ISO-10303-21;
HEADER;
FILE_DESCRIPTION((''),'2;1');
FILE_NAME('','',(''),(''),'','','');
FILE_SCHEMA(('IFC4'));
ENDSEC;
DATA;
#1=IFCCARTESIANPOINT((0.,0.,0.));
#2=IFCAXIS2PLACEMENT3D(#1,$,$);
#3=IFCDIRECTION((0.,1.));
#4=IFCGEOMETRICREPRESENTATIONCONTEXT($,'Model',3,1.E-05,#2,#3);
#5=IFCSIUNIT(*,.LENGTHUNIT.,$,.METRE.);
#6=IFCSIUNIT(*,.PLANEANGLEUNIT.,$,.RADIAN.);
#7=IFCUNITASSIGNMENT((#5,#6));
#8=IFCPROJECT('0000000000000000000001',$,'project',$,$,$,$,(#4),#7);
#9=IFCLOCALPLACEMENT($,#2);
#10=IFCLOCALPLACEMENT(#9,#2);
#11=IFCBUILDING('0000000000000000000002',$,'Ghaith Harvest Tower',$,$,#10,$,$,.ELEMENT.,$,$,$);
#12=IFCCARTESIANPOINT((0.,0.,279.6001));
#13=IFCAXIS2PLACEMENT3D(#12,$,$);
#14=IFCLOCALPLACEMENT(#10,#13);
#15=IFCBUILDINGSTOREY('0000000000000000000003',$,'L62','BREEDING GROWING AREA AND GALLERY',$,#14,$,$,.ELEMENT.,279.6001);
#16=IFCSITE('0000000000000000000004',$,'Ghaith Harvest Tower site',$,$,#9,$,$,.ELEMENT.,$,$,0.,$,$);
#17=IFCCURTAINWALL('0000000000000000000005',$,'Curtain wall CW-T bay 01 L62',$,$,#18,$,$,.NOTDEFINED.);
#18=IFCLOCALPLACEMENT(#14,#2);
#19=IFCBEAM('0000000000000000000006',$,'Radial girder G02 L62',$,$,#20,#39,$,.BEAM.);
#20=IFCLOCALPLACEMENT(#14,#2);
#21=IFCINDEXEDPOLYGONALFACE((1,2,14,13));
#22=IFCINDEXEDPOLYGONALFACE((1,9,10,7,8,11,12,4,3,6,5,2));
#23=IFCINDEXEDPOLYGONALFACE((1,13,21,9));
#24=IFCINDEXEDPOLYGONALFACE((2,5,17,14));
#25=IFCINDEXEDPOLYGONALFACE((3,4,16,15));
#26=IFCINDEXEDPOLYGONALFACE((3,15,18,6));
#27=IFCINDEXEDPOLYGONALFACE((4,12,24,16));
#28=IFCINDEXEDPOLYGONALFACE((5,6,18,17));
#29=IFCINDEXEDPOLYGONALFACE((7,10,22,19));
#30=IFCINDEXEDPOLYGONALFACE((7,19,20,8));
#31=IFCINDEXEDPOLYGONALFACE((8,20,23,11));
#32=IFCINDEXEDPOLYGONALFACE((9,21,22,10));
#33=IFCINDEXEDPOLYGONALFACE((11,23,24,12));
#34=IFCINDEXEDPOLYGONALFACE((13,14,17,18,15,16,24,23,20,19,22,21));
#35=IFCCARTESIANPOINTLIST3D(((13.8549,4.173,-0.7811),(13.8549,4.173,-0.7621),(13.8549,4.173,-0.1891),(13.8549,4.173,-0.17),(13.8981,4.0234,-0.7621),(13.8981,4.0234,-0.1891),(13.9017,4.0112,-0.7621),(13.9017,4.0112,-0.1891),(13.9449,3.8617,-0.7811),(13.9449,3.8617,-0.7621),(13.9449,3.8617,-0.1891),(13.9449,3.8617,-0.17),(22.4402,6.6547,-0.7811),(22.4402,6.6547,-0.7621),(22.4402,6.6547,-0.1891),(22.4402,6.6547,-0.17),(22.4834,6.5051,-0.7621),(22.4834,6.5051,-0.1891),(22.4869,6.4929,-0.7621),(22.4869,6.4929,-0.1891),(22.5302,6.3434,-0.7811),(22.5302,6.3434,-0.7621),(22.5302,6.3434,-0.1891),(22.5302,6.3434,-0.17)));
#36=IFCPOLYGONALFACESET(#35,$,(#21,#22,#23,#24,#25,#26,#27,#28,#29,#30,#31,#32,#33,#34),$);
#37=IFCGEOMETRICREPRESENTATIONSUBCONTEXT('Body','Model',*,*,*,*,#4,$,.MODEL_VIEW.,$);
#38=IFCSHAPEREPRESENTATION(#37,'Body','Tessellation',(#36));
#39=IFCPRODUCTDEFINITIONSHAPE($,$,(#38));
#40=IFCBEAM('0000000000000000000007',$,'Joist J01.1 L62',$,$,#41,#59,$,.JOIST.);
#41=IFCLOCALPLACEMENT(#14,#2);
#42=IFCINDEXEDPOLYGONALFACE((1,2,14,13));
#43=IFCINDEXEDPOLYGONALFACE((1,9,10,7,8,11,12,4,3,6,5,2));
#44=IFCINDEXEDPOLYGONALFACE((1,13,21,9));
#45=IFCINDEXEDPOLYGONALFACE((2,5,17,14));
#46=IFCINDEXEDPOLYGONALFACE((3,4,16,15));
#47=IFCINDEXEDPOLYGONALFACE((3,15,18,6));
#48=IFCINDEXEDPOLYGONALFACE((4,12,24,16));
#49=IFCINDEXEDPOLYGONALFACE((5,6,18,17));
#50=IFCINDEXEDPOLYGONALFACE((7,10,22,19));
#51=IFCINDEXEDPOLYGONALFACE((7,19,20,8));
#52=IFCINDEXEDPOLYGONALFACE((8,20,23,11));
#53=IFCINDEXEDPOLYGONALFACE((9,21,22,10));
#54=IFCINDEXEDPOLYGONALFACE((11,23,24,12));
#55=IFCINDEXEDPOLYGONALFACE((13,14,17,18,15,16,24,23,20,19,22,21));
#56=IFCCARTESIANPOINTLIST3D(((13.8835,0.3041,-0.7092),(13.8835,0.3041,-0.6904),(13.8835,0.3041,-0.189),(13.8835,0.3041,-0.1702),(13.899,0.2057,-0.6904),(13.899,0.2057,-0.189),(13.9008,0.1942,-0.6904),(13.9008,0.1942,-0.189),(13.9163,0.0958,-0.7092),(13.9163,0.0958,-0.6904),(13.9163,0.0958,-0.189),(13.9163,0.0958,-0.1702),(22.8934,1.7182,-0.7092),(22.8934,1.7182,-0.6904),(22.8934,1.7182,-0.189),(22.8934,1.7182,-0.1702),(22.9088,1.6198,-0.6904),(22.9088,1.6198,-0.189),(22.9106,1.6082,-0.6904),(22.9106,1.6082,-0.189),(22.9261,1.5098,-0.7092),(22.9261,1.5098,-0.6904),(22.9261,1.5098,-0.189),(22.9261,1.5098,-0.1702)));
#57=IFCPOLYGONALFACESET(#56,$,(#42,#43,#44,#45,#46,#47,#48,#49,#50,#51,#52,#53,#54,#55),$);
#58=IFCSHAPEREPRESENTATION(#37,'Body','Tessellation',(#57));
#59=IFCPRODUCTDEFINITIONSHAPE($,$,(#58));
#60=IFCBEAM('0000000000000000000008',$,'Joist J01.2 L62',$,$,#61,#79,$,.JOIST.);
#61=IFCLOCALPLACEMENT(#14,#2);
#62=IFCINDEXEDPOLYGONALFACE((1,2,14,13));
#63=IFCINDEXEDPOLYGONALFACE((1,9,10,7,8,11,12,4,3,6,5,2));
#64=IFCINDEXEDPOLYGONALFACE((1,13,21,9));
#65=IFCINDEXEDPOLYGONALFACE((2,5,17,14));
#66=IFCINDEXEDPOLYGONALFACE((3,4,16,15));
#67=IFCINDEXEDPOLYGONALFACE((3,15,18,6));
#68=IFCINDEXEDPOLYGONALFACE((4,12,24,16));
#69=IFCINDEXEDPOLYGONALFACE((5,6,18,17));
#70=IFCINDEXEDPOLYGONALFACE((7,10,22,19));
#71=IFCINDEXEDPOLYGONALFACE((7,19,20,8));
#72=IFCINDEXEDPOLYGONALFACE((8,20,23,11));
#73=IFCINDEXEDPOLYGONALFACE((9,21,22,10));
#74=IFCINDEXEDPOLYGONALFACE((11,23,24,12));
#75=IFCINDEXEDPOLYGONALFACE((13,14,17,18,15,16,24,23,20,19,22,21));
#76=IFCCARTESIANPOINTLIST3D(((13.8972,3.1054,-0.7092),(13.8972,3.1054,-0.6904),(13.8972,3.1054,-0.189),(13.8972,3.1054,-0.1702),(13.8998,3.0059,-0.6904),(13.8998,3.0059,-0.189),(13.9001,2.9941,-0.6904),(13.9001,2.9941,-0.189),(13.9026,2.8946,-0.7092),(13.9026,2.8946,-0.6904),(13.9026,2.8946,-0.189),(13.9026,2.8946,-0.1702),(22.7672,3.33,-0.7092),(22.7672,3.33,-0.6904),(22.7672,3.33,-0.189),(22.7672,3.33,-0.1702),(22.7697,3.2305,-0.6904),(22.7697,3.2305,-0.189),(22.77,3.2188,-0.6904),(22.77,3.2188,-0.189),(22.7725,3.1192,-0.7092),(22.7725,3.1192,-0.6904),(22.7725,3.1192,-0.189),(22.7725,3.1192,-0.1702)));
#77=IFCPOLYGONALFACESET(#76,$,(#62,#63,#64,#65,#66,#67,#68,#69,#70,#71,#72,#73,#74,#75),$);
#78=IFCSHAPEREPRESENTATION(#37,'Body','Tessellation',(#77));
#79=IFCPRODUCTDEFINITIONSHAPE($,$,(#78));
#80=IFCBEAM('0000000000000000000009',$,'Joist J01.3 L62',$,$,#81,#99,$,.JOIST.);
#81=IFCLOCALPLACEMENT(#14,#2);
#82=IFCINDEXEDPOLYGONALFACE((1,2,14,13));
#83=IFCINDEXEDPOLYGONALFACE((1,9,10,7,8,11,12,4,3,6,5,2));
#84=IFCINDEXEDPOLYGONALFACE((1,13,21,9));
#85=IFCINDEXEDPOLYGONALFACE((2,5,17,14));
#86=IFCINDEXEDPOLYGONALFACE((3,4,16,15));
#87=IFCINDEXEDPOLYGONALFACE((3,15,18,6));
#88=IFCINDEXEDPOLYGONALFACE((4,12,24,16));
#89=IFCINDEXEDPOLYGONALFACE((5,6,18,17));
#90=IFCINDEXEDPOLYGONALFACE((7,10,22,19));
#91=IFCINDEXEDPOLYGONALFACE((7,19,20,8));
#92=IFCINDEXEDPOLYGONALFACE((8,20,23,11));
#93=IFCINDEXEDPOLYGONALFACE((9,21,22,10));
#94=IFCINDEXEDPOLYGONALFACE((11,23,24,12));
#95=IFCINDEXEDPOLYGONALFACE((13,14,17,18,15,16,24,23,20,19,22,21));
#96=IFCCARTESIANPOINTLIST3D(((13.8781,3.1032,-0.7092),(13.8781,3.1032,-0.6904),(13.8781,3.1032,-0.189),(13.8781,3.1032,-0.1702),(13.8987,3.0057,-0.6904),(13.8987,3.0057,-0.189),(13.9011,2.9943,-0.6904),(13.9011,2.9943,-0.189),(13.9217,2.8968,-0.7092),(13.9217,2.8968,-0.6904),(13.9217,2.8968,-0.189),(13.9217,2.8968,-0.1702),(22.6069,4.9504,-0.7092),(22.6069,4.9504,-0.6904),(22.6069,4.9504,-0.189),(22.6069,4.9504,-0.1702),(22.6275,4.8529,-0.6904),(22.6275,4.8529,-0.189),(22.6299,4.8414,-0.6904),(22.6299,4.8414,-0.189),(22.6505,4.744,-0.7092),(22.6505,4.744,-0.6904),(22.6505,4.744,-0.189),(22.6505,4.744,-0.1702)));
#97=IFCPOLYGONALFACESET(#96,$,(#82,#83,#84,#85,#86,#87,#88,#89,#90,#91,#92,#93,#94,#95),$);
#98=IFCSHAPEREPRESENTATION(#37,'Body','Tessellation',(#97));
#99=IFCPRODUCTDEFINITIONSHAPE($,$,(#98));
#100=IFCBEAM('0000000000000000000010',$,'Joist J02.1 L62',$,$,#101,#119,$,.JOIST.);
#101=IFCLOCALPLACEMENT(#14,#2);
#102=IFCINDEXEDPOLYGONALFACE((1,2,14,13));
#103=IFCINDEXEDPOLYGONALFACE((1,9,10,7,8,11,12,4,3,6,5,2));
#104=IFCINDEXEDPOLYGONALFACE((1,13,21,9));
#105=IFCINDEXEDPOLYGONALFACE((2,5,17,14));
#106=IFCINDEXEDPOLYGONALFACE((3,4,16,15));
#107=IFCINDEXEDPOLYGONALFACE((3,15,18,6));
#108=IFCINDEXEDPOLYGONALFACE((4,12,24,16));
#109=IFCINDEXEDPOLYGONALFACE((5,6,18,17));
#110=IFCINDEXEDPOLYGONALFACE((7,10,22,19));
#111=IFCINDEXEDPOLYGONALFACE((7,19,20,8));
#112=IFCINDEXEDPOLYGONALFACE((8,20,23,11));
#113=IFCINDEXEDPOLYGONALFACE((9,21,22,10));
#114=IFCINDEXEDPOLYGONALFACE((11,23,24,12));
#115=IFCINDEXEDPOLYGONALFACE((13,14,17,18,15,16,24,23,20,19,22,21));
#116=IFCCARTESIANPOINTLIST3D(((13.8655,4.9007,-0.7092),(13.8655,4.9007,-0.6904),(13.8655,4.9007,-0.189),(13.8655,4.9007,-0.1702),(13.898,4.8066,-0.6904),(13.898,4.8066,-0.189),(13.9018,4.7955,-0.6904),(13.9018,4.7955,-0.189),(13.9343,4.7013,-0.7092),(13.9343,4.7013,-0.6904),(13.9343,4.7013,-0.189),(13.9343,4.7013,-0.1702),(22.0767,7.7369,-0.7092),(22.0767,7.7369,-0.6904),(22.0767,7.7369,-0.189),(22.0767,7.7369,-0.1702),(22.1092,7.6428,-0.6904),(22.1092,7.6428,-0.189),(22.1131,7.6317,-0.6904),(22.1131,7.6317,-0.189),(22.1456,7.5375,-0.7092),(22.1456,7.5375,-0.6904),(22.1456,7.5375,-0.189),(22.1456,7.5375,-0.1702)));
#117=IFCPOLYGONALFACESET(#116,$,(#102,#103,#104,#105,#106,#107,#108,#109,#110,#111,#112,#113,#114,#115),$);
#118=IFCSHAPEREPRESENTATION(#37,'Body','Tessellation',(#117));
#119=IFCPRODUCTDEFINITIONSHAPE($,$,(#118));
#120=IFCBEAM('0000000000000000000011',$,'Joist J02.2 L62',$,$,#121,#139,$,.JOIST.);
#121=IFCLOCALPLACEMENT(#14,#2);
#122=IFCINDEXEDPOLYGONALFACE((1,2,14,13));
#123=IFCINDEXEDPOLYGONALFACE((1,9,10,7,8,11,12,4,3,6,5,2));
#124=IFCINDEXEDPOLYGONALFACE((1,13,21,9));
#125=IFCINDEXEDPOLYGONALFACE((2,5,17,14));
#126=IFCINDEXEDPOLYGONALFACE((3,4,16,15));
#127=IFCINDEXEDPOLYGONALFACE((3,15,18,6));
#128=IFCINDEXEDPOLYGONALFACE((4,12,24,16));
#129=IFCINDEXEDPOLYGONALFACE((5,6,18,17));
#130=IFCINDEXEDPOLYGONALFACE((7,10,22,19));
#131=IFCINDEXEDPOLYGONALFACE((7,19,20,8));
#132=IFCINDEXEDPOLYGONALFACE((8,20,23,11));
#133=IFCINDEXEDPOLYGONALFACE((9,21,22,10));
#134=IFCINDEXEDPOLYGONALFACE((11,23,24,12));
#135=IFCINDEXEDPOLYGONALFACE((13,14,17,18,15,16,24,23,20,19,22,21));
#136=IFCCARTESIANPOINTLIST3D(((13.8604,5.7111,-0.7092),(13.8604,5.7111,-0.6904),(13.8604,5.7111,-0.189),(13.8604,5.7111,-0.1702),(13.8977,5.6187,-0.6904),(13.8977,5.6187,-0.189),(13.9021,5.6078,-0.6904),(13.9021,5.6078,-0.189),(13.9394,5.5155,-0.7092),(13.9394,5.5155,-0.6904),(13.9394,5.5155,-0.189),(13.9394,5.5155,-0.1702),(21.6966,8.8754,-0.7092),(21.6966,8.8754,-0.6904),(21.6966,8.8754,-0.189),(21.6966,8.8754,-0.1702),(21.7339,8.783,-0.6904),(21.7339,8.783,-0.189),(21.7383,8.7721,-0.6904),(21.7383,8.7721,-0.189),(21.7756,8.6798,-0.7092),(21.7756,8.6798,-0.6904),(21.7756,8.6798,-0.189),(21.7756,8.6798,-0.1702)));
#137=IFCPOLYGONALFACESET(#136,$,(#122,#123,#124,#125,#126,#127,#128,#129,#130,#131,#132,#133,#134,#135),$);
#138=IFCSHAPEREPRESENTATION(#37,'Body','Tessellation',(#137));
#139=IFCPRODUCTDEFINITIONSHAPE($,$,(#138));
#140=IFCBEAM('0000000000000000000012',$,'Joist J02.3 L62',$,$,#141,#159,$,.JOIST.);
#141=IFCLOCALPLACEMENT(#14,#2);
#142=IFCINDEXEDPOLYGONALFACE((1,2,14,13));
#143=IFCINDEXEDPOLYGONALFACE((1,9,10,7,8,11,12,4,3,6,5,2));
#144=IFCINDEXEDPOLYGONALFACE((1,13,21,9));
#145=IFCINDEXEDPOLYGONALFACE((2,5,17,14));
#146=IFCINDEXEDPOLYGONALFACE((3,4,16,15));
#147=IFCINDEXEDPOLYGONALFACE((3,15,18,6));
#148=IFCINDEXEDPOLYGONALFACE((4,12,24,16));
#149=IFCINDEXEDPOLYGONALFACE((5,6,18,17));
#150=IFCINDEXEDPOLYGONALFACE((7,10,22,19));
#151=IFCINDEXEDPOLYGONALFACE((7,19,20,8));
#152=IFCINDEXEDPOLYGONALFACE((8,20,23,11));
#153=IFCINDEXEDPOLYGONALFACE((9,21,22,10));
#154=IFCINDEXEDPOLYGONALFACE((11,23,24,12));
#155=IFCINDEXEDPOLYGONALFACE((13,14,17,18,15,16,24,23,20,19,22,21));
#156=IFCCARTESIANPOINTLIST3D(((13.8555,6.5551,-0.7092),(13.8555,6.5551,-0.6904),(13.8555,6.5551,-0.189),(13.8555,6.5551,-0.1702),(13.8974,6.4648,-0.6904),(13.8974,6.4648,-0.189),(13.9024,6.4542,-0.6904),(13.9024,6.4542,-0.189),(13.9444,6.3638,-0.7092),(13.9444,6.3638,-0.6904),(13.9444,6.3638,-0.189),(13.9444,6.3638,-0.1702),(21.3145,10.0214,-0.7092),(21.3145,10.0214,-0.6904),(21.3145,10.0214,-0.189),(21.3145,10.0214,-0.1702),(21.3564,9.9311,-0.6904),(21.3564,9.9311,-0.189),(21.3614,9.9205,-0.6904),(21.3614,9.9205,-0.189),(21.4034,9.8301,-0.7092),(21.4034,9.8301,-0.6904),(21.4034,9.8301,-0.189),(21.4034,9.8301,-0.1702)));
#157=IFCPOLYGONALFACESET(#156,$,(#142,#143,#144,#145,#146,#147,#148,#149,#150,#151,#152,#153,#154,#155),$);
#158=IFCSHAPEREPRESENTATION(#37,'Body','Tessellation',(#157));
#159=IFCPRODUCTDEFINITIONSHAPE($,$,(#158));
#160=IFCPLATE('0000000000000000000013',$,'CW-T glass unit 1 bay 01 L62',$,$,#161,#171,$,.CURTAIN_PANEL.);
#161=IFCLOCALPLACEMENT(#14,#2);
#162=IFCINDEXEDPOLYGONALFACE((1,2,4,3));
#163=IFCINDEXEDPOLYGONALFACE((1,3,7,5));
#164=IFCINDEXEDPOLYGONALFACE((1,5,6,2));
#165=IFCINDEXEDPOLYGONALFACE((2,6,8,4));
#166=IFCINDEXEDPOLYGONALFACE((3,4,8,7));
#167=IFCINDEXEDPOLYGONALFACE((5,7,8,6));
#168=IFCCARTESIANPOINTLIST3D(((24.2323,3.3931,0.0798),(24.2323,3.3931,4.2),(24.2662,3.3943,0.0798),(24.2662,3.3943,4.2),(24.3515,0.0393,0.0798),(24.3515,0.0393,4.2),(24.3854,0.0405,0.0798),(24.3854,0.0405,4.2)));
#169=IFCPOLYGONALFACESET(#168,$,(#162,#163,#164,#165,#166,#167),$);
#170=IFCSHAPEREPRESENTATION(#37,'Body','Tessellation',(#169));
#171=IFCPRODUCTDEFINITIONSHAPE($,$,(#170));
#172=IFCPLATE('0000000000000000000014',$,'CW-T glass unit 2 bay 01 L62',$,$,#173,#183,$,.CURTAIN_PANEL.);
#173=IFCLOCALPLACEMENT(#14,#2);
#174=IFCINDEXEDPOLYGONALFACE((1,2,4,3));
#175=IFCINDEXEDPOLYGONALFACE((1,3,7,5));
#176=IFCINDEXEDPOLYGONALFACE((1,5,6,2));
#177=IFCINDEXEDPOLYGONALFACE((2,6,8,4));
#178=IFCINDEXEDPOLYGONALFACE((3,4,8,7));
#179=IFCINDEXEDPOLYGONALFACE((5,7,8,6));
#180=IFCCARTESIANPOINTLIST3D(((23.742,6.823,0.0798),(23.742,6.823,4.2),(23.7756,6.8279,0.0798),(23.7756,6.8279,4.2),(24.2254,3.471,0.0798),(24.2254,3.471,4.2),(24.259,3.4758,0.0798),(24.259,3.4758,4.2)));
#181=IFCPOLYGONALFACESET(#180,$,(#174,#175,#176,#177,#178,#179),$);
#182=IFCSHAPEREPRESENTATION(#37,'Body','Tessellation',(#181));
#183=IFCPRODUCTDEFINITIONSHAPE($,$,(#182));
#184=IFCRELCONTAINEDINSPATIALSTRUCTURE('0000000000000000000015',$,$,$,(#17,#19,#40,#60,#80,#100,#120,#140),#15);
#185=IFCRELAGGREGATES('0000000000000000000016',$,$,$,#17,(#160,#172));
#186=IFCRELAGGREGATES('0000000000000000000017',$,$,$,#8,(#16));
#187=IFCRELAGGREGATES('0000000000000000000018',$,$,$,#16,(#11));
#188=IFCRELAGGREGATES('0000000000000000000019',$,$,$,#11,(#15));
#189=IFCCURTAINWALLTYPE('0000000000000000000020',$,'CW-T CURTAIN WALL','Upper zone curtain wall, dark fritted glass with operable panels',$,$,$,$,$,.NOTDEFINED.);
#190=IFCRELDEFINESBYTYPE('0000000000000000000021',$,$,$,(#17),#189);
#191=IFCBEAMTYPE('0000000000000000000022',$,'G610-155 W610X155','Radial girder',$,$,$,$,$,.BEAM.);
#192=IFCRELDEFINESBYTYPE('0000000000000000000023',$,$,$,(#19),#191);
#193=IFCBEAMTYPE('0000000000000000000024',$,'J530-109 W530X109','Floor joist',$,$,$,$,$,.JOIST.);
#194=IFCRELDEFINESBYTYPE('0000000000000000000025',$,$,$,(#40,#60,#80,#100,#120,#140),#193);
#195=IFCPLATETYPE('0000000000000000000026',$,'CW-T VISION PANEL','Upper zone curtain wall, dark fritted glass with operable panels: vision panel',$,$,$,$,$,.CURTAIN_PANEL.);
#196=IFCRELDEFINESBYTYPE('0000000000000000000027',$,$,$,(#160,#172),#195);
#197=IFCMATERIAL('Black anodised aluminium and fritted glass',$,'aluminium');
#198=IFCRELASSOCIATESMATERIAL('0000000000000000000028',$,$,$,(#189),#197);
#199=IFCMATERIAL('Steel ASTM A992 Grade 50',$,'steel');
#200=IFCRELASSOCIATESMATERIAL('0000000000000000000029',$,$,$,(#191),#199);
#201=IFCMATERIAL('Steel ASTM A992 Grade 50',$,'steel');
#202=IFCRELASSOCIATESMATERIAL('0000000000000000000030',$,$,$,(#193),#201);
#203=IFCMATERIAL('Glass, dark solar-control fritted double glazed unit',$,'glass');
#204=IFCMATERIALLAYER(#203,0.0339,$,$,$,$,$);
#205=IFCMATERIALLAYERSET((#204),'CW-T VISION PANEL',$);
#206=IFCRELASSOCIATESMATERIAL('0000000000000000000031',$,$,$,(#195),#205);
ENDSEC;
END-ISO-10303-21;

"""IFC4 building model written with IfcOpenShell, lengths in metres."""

from ifc_helpers import new_model, si_unit, direction, frame, origin, origin_2d, place, context, subcontext, project, spatial, rectangle, i_section, extrude, material, layer, layer_set, material_profile, profile_set, type_object, element, aggregate, save


model = new_model("IFC4")

# Units and contexts
model_context = context("Model", 3, precision=1e-05, world=origin(), true_north=direction((0.0, 1.0)))
body_context = subcontext(model_context, "Body", "Model", "MODEL_VIEW")
ifc_project = project(units=[si_unit("LENGTHUNIT", "METRE"), si_unit("PLANEANGLEUNIT", "RADIAN")], contexts=[model_context])

# Site, building, storey
site_placement = place(None, origin())
site = spatial("IfcSite", under=ifc_project, at=site_placement, Name="Ghaith Harvest Tower site", CompositionType="ELEMENT", RefElevation=0.0)
building_placement = place(site_placement, origin())
building = spatial("IfcBuilding", under=site, at=building_placement, Name="Ghaith Harvest Tower", CompositionType="ELEMENT")
storey_placement = place(building_placement, frame((0.0, 0.0, 279.6001)))
storey = spatial("IfcBuildingStorey", under=building, at=storey_placement, Name="L62", Description="BREEDING GROWING AREA AND GALLERY", CompositionType="ELEMENT", Elevation=279.6001)

# Curtain wall
ifc_material_1 = material(Name="Black anodised aluminium and fritted glass", Category="aluminium")
curtain_wall_type = type_object("IfcCurtainWallType", Name="CW-T CURTAIN WALL", Description="Upper zone curtain wall, dark fritted glass with operable panels", PredefinedType="NOTDEFINED", material=ifc_material_1)
curtain_wall_1_placement = place(storey_placement, origin())
curtain_wall_1 = element("IfcCurtainWall", 1, at=curtain_wall_1_placement, inside=storey, type_object=curtain_wall_type, Name="Curtain wall CW-T bay 01 L62", PredefinedType="NOTDEFINED")

# Beams
ifc_material_2 = material(Name="Steel ASTM A992 Grade 50", Category="steel")
ifc_material_profile_1 = material_profile(ifc_material_2, i_section(OverallWidth=0.324, OverallDepth=0.6111, WebThickness=0.0127, FlangeThickness=0.019, at=origin_2d()), Name="W610X155")
ifc_profile_set_1 = profile_set([ifc_material_profile_1], Name="Steel ASTM A992 Grade 50")
beam_type_1 = type_object("IfcBeamType", Name="G610-155 W610X155", Description="Radial girder", PredefinedType="BEAM", material=ifc_profile_set_1)
beam_1_placement = place(storey_placement, frame((13.8999, 4.0173, -0.4756), z_axis=(0.960669, 0.277697, 0.0), x_axis=(-0.277697, 0.960669, 0.0)))
element("IfcBeam", 2, at=beam_1_placement, inside=storey, type_object=beam_type_1, Name="Radial girder G02 L62", PredefinedType="BEAM", context=body_context, shape_type="SweptSolid", body=[
    extrude(i_section(OverallWidth=0.324, OverallDepth=0.6111, WebThickness=0.0127, FlangeThickness=0.019, at=origin_2d()), origin(), (0.0, 0.0, 1.0), 8.9368),
])
ifc_material_3 = material(Name="Steel ASTM A992 Grade 50", Category="steel")
ifc_material_profile_2 = material_profile(ifc_material_3, i_section(OverallWidth=0.2109, OverallDepth=0.5391, WebThickness=0.0117, FlangeThickness=0.0188, at=origin_2d()), Name="W530X109")
ifc_profile_set_2 = profile_set([ifc_material_profile_2], Name="Steel ASTM A992 Grade 50")
beam_type_2 = type_object("IfcBeamType", Name="J530-109 W530X109", Description="Floor joist", PredefinedType="JOIST", material=ifc_profile_set_2)
beam_2_placement = place(storey_placement, frame((13.8999, 0.2, -0.4397), z_axis=(0.987907, 0.15505, 0.0), x_axis=(-0.15505, 0.987907, 0.0)))
element("IfcBeam", 3, at=beam_2_placement, inside=storey, type_object=beam_type_2, Name="Joist J01.1 L62", PredefinedType="JOIST", context=body_context, shape_type="SweptSolid", body=[
    extrude(i_section(OverallWidth=0.2109, OverallDepth=0.5391, WebThickness=0.0117, FlangeThickness=0.0188, at=origin_2d()), origin(), (0.0, 0.0, 1.0), 9.1201),
])
beam_3_placement = place(storey_placement, frame((13.8999, 3.0, -0.4397), z_axis=(0.99968, 0.025315, 0.0), x_axis=(-0.025315, 0.99968, 0.0)))
element("IfcBeam", 4, at=beam_3_placement, inside=storey, type_object=beam_type_2, Name="Joist J01.2 L62", PredefinedType="JOIST", context=body_context, shape_type="SweptSolid", body=[
    extrude(i_section(OverallWidth=0.2109, OverallDepth=0.5391, WebThickness=0.0117, FlangeThickness=0.0188, at=origin_2d()), origin(), (0.0, 0.0, 1.0), 8.8728),
])
beam_4_placement = place(storey_placement, frame((13.8999, 3.0, -0.4397), z_axis=(0.978334, 0.207034, 0.0), x_axis=(-0.207034, 0.978334, 0.0)))
element("IfcBeam", 5, at=beam_4_placement, inside=storey, type_object=beam_type_2, Name="Joist J01.3 L62", PredefinedType="JOIST", context=body_context, shape_type="SweptSolid", body=[
    extrude(i_section(OverallWidth=0.2109, OverallDepth=0.5391, WebThickness=0.0117, FlangeThickness=0.0188, at=origin_2d()), origin(), (0.0, 0.0, 1.0), 8.9221),
])
beam_5_placement = place(storey_placement, frame((13.8999, 4.801, -0.4397), z_axis=(0.945205, 0.326478, 0.0), x_axis=(-0.326478, 0.945205, 0.0)))
element("IfcBeam", 6, at=beam_5_placement, inside=storey, type_object=beam_type_2, Name="Joist J02.1 L62", PredefinedType="JOIST", context=body_context, shape_type="SweptSolid", body=[
    extrude(i_section(OverallWidth=0.2109, OverallDepth=0.5391, WebThickness=0.0117, FlangeThickness=0.0188, at=origin_2d()), origin(), (0.0, 0.0, 1.0), 8.6873),
])
beam_6_placement = place(storey_placement, frame((13.8999, 5.6133, -0.4397), z_axis=(0.927254, 0.374432, 0.0), x_axis=(-0.374432, 0.927254, 0.0)))
element("IfcBeam", 7, at=beam_6_placement, inside=storey, type_object=beam_type_2, Name="Joist J02.2 L62", PredefinedType="JOIST", context=body_context, shape_type="SweptSolid", body=[
    extrude(i_section(OverallWidth=0.2109, OverallDepth=0.5391, WebThickness=0.0117, FlangeThickness=0.0188, at=origin_2d()), origin(), (0.0, 0.0, 1.0), 8.4509),
])
beam_7_placement = place(storey_placement, frame((13.8999, 6.4595, -0.4397), z_axis=(0.90686, 0.421432, 0.0), x_axis=(-0.421432, 0.90686, 0.0)))
element("IfcBeam", 8, at=beam_7_placement, inside=storey, type_object=beam_type_2, Name="Joist J02.3 L62", PredefinedType="JOIST", context=body_context, shape_type="SweptSolid", body=[
    extrude(i_section(OverallWidth=0.2109, OverallDepth=0.5391, WebThickness=0.0117, FlangeThickness=0.0188, at=origin_2d()), origin(), (0.0, 0.0, 1.0), 8.2251),
])

# Plates
ifc_material_4 = material(Name="Glass, dark solar-control fritted double glazed unit", Category="glass")
ifc_layer_1 = layer(ifc_material_4, 0.0339)
ifc_layer_set_1 = layer_set([ifc_layer_1], Name="CW-T VISION PANEL")
plate_type_1 = type_object("IfcPlateType", Name="CW-T VISION PANEL", Description="Upper zone curtain wall, dark fritted glass with operable panels: vision panel", PredefinedType="CURTAIN_PANEL", material=ifc_layer_set_1)
plate_1_placement = place(storey_placement, frame((24.3088, 1.7168, 0.0798), z_axis=(0.0, 0.0, 1.0), x_axis=(-0.035536, 0.999368, 0.0)))
plate_1 = element("IfcPlate", 9, at=plate_1_placement, type_object=plate_type_1, Name="CW-T glass unit 1 bay 01 L62", PredefinedType="CURTAIN_PANEL", context=body_context, shape_type="SweptSolid", body=[
    extrude(rectangle(XDim=3.356, YDim=0.0339, at=origin_2d()), origin(), (0.0, 0.0, 1.0), 4.1201),
])
plate_2_placement = place(storey_placement, frame((24.0005, 5.1494, 0.0798), z_axis=(0.0, 0.0, 1.0), x_axis=(-0.14273, 0.989762, 0.0)))
plate_2 = element("IfcPlate", 10, at=plate_2_placement, type_object=plate_type_1, Name="CW-T glass unit 2 bay 01 L62", PredefinedType="CURTAIN_PANEL", context=body_context, shape_type="SweptSolid", body=[
    extrude(rectangle(XDim=3.3867, YDim=0.0339, at=origin_2d()), origin(), (0.0, 0.0, 1.0), 4.1201),
])
aggregate(curtain_wall_1, [plate_1, plate_2])

save(model, "model.ifc")
